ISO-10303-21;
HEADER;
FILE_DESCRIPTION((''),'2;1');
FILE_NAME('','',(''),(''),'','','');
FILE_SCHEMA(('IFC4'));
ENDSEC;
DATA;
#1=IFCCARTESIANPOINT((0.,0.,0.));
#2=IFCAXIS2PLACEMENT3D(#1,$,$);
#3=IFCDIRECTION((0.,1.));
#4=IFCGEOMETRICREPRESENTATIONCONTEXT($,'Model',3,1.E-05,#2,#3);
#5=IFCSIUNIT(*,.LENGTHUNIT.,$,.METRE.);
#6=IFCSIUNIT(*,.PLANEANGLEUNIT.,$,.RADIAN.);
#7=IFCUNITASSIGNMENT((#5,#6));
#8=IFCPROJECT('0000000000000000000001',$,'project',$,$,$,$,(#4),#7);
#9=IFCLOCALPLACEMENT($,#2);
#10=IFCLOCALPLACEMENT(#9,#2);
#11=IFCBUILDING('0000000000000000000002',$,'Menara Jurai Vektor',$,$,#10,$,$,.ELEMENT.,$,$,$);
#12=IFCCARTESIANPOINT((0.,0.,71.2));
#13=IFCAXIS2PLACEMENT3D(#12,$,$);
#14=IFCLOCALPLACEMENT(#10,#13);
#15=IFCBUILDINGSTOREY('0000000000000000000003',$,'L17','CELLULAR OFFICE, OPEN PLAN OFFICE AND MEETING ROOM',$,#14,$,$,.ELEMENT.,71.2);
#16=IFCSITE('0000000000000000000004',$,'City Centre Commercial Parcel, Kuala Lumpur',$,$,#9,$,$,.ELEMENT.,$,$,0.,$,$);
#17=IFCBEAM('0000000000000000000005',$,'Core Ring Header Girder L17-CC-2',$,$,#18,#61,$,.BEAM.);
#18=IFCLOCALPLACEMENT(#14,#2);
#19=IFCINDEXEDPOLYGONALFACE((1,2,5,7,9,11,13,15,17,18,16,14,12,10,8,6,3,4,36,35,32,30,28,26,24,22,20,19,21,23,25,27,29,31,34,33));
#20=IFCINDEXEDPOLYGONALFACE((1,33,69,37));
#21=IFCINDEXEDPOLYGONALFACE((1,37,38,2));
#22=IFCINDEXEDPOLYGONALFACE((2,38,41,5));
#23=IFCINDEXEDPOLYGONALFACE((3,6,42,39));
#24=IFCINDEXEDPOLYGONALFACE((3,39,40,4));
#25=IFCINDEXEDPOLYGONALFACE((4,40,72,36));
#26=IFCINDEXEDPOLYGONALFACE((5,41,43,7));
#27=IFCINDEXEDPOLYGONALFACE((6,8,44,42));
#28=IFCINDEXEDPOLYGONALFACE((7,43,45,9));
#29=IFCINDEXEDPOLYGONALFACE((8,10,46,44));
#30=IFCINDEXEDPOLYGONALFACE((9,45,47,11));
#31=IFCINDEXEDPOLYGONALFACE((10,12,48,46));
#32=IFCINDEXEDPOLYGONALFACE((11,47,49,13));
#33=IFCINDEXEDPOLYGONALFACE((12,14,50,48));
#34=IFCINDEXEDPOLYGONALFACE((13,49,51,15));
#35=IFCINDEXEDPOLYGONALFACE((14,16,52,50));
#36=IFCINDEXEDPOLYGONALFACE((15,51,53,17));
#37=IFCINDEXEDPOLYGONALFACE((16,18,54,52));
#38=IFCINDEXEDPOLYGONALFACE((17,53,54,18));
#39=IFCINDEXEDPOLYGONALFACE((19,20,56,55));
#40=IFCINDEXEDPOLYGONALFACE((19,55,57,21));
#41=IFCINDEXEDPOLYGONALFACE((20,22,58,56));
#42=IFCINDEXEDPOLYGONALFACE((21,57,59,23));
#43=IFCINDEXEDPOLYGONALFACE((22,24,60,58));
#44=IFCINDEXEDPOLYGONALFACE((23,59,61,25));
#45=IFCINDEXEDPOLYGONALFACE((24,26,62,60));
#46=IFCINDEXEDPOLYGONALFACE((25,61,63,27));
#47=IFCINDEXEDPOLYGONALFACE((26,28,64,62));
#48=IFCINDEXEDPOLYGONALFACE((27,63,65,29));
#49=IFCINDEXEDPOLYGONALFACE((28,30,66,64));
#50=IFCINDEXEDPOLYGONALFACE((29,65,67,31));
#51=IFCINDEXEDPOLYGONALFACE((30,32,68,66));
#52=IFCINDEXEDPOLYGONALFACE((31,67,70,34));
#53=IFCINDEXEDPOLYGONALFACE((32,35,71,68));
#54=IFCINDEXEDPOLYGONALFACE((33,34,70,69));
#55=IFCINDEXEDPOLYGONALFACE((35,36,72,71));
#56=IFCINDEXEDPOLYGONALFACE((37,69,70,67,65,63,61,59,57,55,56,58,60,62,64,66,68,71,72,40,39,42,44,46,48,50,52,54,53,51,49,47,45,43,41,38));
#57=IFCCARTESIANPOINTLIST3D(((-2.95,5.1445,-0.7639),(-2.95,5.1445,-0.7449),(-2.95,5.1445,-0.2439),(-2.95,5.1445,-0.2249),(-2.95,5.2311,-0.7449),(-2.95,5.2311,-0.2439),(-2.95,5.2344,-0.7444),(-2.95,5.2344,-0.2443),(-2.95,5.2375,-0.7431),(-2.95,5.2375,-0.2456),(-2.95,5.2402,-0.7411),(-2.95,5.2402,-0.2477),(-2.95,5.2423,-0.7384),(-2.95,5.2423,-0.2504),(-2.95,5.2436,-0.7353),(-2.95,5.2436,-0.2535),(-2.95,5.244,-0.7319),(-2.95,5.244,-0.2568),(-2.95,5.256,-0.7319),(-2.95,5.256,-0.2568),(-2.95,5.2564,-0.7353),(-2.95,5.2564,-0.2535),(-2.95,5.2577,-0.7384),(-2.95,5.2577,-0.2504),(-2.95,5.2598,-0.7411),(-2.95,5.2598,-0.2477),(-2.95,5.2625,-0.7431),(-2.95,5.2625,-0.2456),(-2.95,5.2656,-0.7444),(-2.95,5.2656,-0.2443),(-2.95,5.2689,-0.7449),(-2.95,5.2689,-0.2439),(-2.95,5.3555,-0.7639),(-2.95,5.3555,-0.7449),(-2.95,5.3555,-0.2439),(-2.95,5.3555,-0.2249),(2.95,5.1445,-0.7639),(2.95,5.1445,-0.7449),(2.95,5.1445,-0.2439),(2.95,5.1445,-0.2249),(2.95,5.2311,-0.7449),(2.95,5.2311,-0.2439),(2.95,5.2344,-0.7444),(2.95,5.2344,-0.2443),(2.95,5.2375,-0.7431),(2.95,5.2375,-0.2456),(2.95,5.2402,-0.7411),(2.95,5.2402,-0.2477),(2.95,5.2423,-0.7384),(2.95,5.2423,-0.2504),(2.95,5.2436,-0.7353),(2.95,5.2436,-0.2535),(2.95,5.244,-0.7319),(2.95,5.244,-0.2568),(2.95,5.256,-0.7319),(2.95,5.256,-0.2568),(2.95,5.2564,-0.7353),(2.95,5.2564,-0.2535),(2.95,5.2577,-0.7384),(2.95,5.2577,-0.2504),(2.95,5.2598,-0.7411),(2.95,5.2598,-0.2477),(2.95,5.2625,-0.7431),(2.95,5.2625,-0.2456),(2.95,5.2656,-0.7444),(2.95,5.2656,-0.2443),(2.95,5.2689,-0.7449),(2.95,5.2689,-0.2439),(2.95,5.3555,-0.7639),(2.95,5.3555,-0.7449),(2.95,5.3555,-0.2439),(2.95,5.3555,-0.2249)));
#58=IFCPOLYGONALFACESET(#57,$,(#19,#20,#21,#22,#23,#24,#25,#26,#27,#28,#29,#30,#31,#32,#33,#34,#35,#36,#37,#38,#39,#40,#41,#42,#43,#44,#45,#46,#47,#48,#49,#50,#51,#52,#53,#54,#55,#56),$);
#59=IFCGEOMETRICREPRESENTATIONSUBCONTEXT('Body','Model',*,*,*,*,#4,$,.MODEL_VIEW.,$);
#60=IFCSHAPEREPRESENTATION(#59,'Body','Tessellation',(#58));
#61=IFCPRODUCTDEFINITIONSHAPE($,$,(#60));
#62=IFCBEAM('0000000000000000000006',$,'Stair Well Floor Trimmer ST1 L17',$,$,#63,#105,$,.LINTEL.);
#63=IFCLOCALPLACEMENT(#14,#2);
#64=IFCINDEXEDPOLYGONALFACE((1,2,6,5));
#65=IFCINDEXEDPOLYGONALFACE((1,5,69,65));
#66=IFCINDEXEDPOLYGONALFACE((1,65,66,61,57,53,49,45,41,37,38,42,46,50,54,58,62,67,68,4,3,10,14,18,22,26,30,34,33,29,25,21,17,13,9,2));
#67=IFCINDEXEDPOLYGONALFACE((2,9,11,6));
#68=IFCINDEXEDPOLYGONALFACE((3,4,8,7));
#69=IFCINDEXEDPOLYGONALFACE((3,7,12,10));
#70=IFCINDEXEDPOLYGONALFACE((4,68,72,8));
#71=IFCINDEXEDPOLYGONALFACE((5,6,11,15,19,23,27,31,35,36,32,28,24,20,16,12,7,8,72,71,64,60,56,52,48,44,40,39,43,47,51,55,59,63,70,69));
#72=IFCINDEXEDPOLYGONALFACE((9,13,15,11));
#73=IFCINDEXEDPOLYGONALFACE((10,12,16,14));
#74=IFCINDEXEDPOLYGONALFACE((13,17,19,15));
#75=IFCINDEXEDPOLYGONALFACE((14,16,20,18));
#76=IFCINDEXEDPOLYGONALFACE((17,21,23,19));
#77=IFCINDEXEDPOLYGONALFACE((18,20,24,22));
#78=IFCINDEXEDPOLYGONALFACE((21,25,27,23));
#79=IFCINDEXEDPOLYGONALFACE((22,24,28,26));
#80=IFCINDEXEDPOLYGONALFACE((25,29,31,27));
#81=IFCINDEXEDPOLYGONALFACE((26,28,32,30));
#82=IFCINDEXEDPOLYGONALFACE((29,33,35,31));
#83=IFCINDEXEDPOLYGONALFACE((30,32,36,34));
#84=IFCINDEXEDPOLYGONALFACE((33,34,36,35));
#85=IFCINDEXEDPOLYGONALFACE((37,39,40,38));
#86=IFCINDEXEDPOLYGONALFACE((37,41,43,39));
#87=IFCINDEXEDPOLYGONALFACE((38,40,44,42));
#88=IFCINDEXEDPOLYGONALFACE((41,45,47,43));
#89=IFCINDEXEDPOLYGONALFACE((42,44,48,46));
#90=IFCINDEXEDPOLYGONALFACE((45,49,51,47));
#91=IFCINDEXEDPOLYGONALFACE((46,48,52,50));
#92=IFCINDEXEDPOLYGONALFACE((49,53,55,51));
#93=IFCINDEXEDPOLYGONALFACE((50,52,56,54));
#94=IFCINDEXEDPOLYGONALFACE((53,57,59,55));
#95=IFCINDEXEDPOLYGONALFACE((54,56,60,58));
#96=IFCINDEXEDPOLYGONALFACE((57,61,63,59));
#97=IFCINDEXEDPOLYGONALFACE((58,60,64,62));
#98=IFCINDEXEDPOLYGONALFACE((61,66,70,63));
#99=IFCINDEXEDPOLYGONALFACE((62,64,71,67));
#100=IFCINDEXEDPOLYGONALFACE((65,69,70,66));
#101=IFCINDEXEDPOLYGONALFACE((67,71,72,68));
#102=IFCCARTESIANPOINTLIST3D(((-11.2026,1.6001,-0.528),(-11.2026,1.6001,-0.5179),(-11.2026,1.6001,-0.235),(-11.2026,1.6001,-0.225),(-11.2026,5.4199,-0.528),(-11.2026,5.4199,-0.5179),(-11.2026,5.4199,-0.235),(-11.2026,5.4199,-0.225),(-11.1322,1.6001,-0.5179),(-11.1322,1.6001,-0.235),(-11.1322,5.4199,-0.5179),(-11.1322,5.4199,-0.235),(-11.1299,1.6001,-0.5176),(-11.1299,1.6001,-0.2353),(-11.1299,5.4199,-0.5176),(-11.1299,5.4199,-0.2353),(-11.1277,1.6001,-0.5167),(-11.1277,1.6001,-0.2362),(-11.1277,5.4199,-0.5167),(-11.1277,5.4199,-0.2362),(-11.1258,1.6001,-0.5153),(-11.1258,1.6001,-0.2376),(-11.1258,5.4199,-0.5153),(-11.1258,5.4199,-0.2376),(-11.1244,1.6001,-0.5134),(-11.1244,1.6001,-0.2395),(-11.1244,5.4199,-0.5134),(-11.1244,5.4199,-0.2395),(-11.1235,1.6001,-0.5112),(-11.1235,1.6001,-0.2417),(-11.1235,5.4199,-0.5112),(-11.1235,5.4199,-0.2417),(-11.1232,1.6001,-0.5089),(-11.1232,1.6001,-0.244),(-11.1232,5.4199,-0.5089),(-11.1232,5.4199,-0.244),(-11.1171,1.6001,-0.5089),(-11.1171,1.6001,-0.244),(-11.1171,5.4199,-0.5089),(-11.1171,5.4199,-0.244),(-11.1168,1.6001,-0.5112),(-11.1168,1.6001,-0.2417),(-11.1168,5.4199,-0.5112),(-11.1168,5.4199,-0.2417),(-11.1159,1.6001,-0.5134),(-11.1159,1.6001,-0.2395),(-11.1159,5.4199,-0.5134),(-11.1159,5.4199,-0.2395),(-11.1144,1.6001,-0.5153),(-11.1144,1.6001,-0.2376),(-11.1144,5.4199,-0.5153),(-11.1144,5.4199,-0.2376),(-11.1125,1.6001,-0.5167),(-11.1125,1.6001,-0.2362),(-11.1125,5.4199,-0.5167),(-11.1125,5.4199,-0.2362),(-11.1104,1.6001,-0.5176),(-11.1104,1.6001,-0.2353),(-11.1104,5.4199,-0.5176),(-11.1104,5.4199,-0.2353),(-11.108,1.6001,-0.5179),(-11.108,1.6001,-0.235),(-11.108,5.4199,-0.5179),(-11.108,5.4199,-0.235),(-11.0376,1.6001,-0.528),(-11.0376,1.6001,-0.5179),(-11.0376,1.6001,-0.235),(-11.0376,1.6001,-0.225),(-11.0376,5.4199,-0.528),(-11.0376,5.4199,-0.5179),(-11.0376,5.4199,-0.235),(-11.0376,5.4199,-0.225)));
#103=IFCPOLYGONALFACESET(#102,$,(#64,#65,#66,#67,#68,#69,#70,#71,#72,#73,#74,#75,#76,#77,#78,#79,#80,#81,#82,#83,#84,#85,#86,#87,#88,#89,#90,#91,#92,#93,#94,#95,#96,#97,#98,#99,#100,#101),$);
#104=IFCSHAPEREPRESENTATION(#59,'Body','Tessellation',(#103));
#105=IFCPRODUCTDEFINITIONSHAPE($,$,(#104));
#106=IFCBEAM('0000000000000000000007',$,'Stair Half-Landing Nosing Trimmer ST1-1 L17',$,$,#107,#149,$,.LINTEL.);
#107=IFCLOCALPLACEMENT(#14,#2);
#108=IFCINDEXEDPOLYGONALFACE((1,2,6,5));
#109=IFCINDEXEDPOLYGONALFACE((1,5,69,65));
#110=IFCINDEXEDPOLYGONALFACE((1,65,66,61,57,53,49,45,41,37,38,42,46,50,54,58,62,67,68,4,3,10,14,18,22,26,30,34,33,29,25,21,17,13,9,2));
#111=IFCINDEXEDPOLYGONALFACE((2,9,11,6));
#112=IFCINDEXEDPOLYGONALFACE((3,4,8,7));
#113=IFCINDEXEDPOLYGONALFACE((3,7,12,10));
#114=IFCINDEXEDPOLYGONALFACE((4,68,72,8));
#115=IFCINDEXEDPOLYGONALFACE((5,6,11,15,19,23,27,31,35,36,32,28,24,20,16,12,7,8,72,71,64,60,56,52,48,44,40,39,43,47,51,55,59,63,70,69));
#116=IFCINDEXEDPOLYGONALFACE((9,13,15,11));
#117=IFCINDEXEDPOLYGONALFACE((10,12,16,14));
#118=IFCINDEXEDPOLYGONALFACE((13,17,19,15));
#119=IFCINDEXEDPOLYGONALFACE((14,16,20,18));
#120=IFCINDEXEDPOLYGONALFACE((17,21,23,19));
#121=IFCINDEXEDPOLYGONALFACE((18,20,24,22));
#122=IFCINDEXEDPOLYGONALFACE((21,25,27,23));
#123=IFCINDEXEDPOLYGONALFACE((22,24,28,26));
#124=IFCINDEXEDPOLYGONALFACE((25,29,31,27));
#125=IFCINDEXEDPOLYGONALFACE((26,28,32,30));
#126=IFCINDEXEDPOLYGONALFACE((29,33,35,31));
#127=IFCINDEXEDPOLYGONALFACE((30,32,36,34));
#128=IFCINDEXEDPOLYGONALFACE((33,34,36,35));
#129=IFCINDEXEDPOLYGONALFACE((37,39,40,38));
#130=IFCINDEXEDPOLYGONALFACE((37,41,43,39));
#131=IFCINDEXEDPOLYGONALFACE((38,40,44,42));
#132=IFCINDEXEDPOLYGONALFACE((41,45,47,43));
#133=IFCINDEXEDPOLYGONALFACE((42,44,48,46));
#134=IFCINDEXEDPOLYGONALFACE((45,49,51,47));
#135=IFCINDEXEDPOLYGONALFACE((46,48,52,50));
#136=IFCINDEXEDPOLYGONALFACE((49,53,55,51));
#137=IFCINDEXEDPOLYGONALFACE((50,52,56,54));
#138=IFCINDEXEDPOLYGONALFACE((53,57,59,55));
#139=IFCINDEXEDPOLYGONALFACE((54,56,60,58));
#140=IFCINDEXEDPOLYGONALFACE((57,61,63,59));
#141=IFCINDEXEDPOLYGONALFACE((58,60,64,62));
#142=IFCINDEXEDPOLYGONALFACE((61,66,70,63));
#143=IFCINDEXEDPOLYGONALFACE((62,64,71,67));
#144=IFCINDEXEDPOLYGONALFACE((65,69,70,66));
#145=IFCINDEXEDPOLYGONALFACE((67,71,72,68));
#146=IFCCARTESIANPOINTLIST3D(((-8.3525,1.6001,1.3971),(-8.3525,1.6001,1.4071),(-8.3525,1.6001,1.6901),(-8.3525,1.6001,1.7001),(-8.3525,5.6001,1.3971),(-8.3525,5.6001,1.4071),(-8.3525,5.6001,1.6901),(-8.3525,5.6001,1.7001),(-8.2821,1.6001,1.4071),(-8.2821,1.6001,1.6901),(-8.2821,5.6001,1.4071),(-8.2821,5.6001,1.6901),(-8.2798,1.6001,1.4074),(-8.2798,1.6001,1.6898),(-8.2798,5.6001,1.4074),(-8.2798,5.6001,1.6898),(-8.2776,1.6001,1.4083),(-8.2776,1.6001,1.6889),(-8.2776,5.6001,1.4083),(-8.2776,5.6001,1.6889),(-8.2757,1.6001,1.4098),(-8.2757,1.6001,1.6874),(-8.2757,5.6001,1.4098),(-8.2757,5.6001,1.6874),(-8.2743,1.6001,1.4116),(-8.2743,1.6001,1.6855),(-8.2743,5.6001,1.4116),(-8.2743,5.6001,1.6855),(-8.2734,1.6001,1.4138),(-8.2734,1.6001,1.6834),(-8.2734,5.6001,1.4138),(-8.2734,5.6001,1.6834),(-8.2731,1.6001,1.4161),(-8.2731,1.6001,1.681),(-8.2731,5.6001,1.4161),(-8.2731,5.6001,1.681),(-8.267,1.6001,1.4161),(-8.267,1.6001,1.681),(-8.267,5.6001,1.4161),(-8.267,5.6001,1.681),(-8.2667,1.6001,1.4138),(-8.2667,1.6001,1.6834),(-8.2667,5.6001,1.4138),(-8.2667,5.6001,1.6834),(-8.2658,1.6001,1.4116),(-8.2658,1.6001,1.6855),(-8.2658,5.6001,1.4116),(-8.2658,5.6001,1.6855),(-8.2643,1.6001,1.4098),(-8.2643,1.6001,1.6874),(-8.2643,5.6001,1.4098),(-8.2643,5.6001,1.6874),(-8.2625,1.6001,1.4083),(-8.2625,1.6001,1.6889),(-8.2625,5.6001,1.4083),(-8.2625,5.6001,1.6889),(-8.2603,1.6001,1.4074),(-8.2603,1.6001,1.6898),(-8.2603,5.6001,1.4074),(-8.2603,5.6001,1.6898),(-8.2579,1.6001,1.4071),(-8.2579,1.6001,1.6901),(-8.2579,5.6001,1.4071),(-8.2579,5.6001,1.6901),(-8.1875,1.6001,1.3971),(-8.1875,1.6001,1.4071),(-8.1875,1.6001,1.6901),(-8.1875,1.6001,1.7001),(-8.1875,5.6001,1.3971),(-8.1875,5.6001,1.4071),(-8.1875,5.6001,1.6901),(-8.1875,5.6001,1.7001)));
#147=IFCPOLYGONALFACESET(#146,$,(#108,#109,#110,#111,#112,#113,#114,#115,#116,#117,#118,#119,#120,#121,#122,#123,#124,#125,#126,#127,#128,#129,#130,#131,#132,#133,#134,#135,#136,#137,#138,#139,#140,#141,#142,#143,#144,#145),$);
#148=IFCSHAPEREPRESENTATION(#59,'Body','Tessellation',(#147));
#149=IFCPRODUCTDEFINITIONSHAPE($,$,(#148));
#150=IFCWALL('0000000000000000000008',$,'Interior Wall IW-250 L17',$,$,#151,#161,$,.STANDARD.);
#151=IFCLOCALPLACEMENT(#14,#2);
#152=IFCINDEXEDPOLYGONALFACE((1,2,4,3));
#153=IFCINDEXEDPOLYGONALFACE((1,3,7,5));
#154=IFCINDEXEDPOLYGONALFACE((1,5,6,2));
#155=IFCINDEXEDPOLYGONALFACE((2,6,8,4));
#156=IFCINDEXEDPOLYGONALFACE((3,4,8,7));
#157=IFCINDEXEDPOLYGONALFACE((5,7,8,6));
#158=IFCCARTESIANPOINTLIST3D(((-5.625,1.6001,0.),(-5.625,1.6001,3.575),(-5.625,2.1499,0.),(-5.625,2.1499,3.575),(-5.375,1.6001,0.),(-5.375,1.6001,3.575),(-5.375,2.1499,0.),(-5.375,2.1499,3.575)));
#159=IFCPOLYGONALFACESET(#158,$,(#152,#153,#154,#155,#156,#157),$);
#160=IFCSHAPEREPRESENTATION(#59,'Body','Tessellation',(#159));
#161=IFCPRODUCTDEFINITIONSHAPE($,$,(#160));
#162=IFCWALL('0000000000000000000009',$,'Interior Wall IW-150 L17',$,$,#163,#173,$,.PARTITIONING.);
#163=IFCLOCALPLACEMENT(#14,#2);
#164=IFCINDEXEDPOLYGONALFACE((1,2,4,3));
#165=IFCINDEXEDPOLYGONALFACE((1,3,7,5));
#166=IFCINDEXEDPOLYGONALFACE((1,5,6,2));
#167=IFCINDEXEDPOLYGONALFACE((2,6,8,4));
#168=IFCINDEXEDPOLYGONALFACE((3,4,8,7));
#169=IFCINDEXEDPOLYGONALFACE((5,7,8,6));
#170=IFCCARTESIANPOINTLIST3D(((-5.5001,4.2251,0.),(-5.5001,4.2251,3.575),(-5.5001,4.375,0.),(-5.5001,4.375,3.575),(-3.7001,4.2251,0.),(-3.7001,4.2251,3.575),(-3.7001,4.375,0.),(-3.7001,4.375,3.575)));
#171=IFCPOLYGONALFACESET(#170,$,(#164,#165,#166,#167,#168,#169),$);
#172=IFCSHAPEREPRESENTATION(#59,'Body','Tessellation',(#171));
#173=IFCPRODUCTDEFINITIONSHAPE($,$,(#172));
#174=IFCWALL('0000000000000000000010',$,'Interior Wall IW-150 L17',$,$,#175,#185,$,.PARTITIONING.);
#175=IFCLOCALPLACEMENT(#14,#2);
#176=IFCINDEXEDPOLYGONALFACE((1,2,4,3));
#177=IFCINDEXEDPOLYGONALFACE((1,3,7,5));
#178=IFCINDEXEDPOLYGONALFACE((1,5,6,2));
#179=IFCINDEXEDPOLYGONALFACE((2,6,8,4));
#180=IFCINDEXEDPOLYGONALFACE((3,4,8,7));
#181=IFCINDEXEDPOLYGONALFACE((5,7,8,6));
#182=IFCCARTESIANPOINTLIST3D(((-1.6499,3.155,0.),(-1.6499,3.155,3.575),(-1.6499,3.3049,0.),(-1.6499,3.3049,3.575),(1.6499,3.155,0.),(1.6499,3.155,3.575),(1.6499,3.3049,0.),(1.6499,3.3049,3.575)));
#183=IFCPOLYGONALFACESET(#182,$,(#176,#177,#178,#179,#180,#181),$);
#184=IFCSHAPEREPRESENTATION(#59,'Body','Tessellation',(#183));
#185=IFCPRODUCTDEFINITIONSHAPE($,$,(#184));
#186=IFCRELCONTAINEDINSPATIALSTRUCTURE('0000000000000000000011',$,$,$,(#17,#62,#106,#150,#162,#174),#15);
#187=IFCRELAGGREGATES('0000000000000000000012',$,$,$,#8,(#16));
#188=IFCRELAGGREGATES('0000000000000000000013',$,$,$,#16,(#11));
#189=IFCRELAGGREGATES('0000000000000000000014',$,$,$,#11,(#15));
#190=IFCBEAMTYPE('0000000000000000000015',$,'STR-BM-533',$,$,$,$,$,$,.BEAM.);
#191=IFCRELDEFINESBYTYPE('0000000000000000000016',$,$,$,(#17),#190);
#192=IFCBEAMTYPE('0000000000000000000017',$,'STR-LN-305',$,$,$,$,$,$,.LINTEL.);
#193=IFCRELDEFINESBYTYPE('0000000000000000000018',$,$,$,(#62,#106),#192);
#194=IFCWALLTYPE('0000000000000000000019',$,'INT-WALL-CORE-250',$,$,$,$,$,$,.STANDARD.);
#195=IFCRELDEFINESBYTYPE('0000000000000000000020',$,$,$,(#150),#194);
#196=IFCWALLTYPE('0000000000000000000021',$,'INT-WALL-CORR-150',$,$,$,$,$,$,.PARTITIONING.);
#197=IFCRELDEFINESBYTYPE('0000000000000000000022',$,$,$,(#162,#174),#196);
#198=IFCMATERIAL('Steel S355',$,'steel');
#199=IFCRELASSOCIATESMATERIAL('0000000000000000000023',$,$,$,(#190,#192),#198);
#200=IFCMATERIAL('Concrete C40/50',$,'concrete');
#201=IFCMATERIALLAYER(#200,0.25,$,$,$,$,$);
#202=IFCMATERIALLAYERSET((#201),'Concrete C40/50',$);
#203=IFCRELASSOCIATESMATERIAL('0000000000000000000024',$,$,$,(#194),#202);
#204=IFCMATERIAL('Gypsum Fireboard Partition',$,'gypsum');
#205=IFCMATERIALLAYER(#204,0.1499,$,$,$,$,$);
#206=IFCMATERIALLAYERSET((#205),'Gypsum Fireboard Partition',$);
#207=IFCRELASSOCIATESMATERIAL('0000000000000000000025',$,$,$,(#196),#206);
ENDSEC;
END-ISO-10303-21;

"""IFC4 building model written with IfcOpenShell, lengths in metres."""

from ifc_helpers import new_model, si_unit, direction, frame, frame_2d, origin, origin_2d, place, context, subcontext, project, spatial, rectangle, i_section, extrude, material, layer, layer_set, material_profile, profile_set, type_object, element, save


model = new_model("IFC4")

# Units and contexts
model_context = context("Model", 3, precision=1e-05, world=origin(), true_north=direction((0.0, 1.0)))
body_context = subcontext(model_context, "Body", "Model", "MODEL_VIEW")
ifc_project = project(units=[si_unit("LENGTHUNIT", "METRE"), si_unit("PLANEANGLEUNIT", "RADIAN")], contexts=[model_context])

# Site, building, storey
site_placement = place(None, origin())
site = spatial("IfcSite", under=ifc_project, at=site_placement, Name="City Centre Commercial Parcel, Kuala Lumpur", CompositionType="ELEMENT", RefElevation=0.0)
building_placement = place(site_placement, origin())
building = spatial("IfcBuilding", under=site, at=building_placement, Name="Menara Jurai Vektor", CompositionType="ELEMENT")
storey_placement = place(building_placement, frame((0.0, 0.0, 71.2)))
storey = spatial("IfcBuildingStorey", under=building, at=storey_placement, Name="L17", Description="CELLULAR OFFICE, OPEN PLAN OFFICE AND MEETING ROOM", CompositionType="ELEMENT", Elevation=71.2)

# Shared definitions
ifc_material_1 = material(Name="Steel S355", Category="steel")

# Beams
ifc_material_profile_1 = material_profile(ifc_material_1, i_section(OverallWidth=0.2109, OverallDepth=0.5391, WebThickness=0.012, FlangeThickness=0.019, FilletRadius=0.0129, at=origin_2d()), Name="UKB 533x210x109")
ifc_profile_set_1 = profile_set([ifc_material_profile_1], Name="Steel S355")
beam_type_1 = type_object("IfcBeamType", Name="STR-BM-533", PredefinedType="BEAM", material=ifc_profile_set_1)
beam_1_placement = place(storey_placement, frame((-2.95, 5.25, -0.4944), z_axis=(1.0, 0.0, 0.0), x_axis=(0.0, 1.0, 0.0)))
element("IfcBeam", 1, at=beam_1_placement, inside=storey, type_object=beam_type_1, Name="Core Ring Header Girder L17-CC-2", PredefinedType="BEAM", context=body_context, shape_type="SweptSolid", body=[
    extrude(i_section(OverallWidth=0.2109, OverallDepth=0.5391, WebThickness=0.012, FlangeThickness=0.019, FilletRadius=0.0129, at=origin_2d()), origin(), (0.0, 0.0, 1.0), 5.8999),
])
ifc_material_profile_2 = material_profile(ifc_material_1, i_section(OverallWidth=0.165, OverallDepth=0.303, WebThickness=0.0061, FlangeThickness=0.01, FilletRadius=0.009, at=origin_2d()), Name="UKB 305x165x40")
ifc_profile_set_2 = profile_set([ifc_material_profile_2], Name="Steel S355")
beam_type_2 = type_object("IfcBeamType", Name="STR-LN-305", PredefinedType="LINTEL", material=ifc_profile_set_2)
beam_2_placement = place(storey_placement, frame((-11.1201, 1.6001, -0.3765), z_axis=(0.0, 1.0, 0.0), x_axis=(-1.0, 0.0, 0.0)))
element("IfcBeam", 2, at=beam_2_placement, inside=storey, type_object=beam_type_2, Name="Stair Well Floor Trimmer ST1 L17", PredefinedType="LINTEL", context=body_context, shape_type="SweptSolid", body=[
    extrude(i_section(OverallWidth=0.165, OverallDepth=0.303, WebThickness=0.0061, FlangeThickness=0.01, FilletRadius=0.009, at=origin_2d()), origin(), (0.0, 0.0, 1.0), 3.8198),
])
beam_3_placement = place(storey_placement, frame((-8.27, 1.6001, 1.5486), z_axis=(0.0, 1.0, 0.0), x_axis=(-1.0, 0.0, 0.0)))
element("IfcBeam", 3, at=beam_3_placement, inside=storey, type_object=beam_type_2, Name="Stair Half-Landing Nosing Trimmer ST1-1 L17", PredefinedType="LINTEL", context=body_context, shape_type="SweptSolid", body=[
    extrude(i_section(OverallWidth=0.165, OverallDepth=0.303, WebThickness=0.0061, FlangeThickness=0.01, FilletRadius=0.009, at=origin_2d()), origin(), (0.0, 0.0, 1.0), 4.0),
])

# Shared definitions
ifc_material_2 = material(Name="Concrete C40/50", Category="concrete")
ifc_layer_1 = layer(ifc_material_2, 0.25)
ifc_layer_set_1 = layer_set([ifc_layer_1], Name="Concrete C40/50")
wall_type_1 = type_object("IfcWallType", Name="INT-WALL-CORE-250", PredefinedType="STANDARD", material=ifc_layer_set_1)

# Walls
wall_1_placement = place(storey_placement, frame((-5.5, 1.6001, 0.0), z_axis=(0.0, 0.0, 1.0), x_axis=(0.0, 1.0, 0.0)))
element("IfcWall", 4, at=wall_1_placement, inside=storey, type_object=wall_type_1, Name="Interior Wall IW-250 L17", PredefinedType="STANDARD", context=body_context, shape_type="SweptSolid", body=[
    extrude(rectangle(XDim=0.5498, YDim=0.25, at=frame_2d((0.2749, 0.0))), origin(), (0.0, 0.0, 1.0), 3.575),
])
ifc_material_3 = material(Name="Gypsum Fireboard Partition", Category="gypsum")
ifc_layer_2 = layer(ifc_material_3, 0.1499)
ifc_layer_set_2 = layer_set([ifc_layer_2], Name="Gypsum Fireboard Partition")
wall_type_2 = type_object("IfcWallType", Name="INT-WALL-CORR-150", PredefinedType="PARTITIONING", material=ifc_layer_set_2)
wall_2_placement = place(storey_placement, frame((-5.5, 4.3, 0.0), z_axis=(0.0, 0.0, 1.0), x_axis=(1.0, 0.0, 0.0)))
element("IfcWall", 5, at=wall_2_placement, inside=storey, type_object=wall_type_2, Name="Interior Wall IW-150 L17", PredefinedType="PARTITIONING", context=body_context, shape_type="SweptSolid", body=[
    extrude(rectangle(XDim=1.8, YDim=0.1499, at=frame_2d((0.8999, 0.0))), origin(), (0.0, 0.0, 1.0), 3.575),
])
wall_3_placement = place(storey_placement, frame((-1.6499, 3.23, 0.0), z_axis=(0.0, 0.0, 1.0), x_axis=(1.0, 0.0, 0.0)))
element("IfcWall", 6, at=wall_3_placement, inside=storey, type_object=wall_type_2, Name="Interior Wall IW-150 L17", PredefinedType="PARTITIONING", context=body_context, shape_type="SweptSolid", body=[
    extrude(rectangle(XDim=3.2998, YDim=0.1499, at=frame_2d((1.6499, 0.0))), origin(), (0.0, 0.0, 1.0), 3.575),
])

save(model, "model.ifc")
